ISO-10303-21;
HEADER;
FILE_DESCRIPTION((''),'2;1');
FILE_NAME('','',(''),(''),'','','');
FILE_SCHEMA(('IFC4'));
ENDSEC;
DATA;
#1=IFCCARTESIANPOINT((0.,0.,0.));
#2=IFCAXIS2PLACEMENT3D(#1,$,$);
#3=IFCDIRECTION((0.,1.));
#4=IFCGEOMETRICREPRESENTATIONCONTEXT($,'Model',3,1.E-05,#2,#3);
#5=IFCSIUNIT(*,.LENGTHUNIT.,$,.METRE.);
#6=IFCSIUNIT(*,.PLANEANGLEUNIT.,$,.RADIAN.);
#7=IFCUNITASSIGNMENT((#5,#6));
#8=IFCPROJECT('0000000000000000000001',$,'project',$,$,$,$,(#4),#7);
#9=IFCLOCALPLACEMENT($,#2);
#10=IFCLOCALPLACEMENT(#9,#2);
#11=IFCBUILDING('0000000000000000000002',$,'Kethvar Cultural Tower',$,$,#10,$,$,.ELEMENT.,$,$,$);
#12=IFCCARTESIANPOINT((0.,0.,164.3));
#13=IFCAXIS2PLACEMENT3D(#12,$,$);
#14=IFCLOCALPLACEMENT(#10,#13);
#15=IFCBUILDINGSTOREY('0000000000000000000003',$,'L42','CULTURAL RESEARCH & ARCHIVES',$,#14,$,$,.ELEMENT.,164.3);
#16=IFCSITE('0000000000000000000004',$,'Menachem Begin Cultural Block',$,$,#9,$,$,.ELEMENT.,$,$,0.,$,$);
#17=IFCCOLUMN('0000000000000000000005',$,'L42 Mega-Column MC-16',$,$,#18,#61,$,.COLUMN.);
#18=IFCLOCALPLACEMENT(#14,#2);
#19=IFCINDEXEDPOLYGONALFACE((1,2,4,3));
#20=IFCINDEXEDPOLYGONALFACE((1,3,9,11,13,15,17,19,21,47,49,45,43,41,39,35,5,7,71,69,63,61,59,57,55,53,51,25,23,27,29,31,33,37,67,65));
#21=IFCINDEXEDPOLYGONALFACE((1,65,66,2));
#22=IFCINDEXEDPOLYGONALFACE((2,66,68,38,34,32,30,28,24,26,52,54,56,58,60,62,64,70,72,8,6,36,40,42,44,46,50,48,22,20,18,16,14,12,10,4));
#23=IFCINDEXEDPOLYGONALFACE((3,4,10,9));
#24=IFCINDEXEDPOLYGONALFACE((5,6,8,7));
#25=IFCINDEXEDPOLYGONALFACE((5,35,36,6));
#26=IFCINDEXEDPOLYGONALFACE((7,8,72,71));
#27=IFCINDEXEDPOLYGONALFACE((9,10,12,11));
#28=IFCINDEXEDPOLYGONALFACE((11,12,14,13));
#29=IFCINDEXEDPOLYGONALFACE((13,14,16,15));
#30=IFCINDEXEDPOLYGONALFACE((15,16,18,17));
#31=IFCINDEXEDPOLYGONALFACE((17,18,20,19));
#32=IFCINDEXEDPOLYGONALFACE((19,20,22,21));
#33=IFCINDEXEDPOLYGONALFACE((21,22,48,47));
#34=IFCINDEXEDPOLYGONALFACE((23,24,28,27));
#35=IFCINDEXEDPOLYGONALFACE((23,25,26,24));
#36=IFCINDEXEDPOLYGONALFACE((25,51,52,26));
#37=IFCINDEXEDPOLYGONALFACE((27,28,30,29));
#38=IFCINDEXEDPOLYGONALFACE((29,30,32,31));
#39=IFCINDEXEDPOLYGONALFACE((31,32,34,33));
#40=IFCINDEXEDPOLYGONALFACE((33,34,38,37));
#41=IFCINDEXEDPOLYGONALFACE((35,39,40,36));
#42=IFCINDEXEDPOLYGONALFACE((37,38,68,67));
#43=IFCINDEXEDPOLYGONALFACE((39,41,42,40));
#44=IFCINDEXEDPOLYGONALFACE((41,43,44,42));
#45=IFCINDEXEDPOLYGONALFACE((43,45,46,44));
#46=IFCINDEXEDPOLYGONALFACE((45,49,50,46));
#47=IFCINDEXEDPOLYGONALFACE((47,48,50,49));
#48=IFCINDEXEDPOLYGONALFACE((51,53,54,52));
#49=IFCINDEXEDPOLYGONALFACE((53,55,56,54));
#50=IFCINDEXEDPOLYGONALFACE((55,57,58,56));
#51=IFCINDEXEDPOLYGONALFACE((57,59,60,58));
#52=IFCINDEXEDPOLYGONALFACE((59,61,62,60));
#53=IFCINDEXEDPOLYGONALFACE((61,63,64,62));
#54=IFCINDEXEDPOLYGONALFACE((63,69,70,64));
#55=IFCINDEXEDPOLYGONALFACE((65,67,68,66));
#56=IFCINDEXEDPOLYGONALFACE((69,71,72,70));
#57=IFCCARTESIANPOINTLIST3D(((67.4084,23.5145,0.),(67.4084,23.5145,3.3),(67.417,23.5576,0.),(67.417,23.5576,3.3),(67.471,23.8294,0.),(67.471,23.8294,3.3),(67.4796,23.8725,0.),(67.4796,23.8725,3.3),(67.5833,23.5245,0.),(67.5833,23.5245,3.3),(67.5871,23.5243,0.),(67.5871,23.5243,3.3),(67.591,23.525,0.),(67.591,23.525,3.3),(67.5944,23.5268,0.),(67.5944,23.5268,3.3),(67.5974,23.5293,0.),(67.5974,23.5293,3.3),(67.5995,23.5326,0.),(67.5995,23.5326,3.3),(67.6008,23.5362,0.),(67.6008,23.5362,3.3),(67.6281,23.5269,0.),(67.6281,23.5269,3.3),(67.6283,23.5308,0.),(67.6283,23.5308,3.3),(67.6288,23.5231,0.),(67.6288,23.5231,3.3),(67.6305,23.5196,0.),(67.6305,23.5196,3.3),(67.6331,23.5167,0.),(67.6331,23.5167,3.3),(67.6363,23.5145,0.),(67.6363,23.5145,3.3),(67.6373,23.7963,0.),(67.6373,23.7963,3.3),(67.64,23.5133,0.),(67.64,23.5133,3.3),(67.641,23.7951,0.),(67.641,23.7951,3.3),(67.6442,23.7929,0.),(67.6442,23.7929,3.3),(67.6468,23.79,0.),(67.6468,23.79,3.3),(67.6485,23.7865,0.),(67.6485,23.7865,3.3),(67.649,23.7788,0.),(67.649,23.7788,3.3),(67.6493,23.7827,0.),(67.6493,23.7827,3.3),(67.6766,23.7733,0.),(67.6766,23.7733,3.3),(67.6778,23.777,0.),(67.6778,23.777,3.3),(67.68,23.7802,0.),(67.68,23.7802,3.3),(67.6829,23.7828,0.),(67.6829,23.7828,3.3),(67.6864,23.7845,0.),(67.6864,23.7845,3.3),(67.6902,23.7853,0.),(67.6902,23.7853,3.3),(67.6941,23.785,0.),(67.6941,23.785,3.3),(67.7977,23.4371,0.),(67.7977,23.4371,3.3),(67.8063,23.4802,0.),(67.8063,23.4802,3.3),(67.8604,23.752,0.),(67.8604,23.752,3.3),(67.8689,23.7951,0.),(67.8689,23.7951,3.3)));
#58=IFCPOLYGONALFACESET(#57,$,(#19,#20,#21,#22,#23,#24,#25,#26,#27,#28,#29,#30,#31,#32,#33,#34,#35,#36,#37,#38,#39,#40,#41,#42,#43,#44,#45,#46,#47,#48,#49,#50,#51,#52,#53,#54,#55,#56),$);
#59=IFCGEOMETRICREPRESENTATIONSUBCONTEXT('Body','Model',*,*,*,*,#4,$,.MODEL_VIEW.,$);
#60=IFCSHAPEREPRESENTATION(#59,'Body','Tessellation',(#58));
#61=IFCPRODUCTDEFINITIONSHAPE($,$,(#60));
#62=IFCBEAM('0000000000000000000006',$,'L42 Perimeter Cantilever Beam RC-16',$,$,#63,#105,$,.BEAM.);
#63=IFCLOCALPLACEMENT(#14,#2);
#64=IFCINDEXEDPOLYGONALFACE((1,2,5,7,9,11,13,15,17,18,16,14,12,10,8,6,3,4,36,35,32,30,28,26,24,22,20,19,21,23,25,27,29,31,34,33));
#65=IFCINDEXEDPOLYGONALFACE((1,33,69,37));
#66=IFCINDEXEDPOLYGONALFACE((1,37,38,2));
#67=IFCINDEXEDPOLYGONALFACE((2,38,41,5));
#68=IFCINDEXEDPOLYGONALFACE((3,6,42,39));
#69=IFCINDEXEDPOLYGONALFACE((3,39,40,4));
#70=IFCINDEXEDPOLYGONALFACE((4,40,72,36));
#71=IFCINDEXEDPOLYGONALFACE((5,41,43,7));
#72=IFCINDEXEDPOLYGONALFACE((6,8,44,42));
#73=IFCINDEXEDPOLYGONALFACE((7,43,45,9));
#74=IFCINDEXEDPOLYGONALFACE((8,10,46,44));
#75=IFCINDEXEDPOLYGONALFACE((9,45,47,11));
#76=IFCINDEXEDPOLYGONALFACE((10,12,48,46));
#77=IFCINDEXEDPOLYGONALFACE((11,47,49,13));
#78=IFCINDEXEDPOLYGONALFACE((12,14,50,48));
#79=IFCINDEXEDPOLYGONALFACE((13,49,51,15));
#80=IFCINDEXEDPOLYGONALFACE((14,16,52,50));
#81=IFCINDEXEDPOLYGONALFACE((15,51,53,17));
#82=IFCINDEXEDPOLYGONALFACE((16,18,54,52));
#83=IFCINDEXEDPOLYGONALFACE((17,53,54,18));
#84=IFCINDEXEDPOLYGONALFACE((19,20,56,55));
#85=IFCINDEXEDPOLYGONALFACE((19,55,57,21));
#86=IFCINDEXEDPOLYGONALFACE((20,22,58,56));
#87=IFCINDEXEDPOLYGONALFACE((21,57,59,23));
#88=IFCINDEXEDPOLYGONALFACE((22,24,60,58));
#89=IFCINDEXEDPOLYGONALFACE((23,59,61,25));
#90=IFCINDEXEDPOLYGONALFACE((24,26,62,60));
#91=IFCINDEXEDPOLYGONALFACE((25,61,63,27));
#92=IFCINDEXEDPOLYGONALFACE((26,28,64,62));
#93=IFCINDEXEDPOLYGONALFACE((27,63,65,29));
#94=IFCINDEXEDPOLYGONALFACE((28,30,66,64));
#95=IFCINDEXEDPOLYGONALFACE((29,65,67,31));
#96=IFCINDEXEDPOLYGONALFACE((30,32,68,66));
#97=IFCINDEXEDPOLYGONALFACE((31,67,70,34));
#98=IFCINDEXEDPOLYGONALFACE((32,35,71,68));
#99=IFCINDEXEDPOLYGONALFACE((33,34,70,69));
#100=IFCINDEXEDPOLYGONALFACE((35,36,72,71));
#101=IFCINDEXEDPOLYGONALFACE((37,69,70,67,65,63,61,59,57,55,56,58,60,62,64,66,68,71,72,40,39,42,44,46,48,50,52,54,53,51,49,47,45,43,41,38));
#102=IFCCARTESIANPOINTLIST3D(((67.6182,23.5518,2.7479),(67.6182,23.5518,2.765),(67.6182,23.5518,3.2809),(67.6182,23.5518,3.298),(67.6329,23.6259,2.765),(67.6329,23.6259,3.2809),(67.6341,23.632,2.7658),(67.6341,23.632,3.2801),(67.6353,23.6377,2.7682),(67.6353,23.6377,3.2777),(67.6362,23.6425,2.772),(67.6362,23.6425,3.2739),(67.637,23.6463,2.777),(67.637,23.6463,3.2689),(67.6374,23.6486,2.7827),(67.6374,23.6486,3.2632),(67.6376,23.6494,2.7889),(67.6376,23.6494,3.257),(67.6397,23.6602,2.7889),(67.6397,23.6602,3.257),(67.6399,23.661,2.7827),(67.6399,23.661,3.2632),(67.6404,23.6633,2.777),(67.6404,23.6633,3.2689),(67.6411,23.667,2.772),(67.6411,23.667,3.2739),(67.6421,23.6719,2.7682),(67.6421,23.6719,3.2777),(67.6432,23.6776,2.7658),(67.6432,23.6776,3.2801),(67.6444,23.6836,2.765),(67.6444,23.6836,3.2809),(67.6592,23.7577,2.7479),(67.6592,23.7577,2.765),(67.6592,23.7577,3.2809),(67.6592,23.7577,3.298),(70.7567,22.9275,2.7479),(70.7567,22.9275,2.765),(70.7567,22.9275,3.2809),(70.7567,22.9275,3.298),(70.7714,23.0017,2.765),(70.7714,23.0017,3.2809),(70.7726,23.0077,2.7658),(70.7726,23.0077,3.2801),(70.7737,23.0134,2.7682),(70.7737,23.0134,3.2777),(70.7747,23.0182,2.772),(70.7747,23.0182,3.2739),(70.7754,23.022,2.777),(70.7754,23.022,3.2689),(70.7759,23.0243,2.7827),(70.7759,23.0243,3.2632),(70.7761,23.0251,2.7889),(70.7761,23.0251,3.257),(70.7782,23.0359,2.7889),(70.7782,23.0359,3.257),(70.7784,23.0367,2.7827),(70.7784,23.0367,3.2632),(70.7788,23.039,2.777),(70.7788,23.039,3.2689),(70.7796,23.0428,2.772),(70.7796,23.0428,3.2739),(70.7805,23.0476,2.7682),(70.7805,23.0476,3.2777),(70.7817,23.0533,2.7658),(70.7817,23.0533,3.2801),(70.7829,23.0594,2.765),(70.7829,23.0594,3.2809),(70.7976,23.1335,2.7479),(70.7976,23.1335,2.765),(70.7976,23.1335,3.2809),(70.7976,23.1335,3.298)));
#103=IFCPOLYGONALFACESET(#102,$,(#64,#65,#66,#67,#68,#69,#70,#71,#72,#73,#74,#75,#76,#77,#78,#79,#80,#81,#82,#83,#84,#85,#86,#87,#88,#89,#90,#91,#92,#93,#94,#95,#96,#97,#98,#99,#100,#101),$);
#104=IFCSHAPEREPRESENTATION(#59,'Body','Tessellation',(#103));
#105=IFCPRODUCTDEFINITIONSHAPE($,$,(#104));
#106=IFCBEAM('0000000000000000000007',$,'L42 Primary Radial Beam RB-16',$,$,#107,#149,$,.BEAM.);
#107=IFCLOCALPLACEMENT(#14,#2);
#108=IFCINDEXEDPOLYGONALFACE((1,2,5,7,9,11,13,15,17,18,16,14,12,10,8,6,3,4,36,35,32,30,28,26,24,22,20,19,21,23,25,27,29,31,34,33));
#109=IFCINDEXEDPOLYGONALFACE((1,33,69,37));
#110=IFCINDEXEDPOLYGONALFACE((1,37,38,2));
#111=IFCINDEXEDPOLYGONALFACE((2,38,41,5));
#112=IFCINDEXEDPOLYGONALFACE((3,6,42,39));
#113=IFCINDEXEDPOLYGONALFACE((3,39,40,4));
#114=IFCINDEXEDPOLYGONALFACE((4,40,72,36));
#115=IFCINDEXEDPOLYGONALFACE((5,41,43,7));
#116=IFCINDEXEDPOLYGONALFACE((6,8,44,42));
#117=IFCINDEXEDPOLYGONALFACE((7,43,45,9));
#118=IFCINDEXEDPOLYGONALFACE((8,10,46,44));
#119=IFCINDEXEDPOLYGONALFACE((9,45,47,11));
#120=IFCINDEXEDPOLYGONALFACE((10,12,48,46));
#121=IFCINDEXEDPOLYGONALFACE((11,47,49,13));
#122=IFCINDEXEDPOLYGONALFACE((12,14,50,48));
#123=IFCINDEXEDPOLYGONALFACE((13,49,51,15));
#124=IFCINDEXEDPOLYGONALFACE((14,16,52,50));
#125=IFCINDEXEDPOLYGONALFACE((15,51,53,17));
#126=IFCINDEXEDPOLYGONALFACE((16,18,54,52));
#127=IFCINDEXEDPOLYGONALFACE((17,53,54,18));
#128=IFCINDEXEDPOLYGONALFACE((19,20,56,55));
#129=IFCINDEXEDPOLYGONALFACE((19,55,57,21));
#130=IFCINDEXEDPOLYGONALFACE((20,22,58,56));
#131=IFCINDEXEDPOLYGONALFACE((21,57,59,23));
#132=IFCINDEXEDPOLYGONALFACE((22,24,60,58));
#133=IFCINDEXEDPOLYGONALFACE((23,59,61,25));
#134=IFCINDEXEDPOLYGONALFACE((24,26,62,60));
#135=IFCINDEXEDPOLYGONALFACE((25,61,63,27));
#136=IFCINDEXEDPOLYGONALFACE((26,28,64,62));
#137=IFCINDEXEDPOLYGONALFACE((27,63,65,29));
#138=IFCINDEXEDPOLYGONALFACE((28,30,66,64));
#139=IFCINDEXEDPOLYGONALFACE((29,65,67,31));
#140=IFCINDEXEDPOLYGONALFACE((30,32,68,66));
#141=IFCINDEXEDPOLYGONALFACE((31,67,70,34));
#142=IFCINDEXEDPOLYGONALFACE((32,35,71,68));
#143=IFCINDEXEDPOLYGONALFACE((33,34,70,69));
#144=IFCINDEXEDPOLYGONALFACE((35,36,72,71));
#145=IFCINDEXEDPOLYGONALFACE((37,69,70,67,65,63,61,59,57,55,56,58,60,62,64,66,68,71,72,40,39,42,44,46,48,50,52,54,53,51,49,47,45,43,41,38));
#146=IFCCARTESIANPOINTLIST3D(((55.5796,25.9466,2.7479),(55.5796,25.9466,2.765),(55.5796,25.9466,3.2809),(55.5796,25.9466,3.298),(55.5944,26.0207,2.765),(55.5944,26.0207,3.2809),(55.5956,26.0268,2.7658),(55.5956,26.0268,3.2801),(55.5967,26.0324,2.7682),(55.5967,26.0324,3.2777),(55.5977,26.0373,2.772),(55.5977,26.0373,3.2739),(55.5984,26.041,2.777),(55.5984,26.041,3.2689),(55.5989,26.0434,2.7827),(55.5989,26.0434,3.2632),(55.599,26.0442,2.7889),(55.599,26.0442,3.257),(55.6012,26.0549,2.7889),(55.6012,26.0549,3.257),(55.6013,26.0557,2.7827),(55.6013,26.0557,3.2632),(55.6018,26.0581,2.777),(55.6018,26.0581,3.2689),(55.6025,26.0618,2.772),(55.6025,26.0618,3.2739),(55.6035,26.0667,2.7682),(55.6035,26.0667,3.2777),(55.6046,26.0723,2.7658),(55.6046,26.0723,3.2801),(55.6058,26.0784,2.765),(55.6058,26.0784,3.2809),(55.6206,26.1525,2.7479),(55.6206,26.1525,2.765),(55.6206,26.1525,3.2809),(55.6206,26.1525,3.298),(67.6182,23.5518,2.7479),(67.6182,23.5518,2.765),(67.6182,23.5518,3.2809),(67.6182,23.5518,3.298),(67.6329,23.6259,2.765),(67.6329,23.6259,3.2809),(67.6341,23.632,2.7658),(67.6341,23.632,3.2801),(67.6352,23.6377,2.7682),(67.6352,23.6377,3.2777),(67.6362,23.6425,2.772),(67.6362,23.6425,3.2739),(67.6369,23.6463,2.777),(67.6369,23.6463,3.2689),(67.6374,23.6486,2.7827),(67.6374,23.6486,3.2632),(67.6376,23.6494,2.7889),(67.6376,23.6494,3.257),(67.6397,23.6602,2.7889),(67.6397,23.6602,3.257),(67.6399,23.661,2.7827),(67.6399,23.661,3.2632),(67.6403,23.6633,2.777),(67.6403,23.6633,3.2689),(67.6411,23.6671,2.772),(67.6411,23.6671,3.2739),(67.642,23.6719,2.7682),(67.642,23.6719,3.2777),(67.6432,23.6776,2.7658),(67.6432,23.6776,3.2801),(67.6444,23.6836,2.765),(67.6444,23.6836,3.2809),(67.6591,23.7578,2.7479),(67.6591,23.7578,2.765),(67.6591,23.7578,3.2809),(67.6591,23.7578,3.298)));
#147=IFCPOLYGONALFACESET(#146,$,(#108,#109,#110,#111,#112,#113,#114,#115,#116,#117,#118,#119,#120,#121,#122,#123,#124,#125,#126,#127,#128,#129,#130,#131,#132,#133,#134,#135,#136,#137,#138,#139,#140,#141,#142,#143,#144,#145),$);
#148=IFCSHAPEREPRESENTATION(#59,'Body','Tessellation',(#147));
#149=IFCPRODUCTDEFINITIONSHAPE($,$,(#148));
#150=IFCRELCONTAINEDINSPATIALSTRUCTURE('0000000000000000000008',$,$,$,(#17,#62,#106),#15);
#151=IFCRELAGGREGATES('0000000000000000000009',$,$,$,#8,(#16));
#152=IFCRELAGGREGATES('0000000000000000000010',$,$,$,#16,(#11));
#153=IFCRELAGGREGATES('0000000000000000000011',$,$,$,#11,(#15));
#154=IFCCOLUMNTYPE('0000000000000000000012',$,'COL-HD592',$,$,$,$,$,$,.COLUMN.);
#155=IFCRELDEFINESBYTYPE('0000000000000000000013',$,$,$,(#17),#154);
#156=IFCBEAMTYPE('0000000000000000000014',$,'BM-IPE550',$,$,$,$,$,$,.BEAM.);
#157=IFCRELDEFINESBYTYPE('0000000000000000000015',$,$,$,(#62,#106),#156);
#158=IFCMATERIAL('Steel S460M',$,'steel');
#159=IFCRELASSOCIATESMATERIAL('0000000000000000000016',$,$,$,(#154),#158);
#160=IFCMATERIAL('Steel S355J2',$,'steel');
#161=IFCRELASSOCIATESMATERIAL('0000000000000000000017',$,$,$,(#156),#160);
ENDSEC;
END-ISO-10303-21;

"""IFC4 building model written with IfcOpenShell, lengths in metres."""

from ifc_helpers import new_model, si_unit, direction, frame, origin, origin_2d, place, context, subcontext, project, spatial, i_section, extrude, source, transform, mapped, material, material_profile, profile_set, type_object, element, save


model = new_model("IFC4")

# Units and contexts
model_context = context("Model", 3, precision=1e-05, world=origin(), true_north=direction((0.0, 1.0)))
body_context = subcontext(model_context, "Body", "Model", "MODEL_VIEW")
ifc_project = project(units=[si_unit("LENGTHUNIT", "METRE"), si_unit("PLANEANGLEUNIT", "RADIAN")], contexts=[model_context])

# Site, building, storey
site_placement = place(None, origin())
site = spatial("IfcSite", under=ifc_project, at=site_placement, Name="Menachem Begin Cultural Block", CompositionType="ELEMENT", RefElevation=0.0)
building_placement = place(site_placement, origin())
building = spatial("IfcBuilding", under=site, at=building_placement, Name="Kethvar Cultural Tower", CompositionType="ELEMENT")
storey_placement = place(building_placement, frame((0.0, 0.0, 164.3)))
storey = spatial("IfcBuildingStorey", under=building, at=storey_placement, Name="L42", Description="CULTURAL RESEARCH & ARCHIVES", CompositionType="ELEMENT", Elevation=164.3)

# Column
ifc_material_1 = material(Name="Steel S460M", Category="steel")
ifc_material_profile_1 = material_profile(ifc_material_1, i_section(OverallWidth=0.397, OverallDepth=0.365, WebThickness=0.0281, FlangeThickness=0.0439, FilletRadius=0.0149, at=origin_2d()), Name="Steel S460M — HD400x592")
ifc_profile_set_1 = profile_set([ifc_material_profile_1], Name="Steel S460M — HD400x592")
column_type = type_object("IfcColumnType", Name="COL-HD592", PredefinedType="COLUMN", material=ifc_profile_set_1)
shared_shape_1 = source(origin(), body_context, "Body", "SweptSolid", [
    extrude(i_section(OverallWidth=0.397, OverallDepth=0.365, WebThickness=0.0281, FlangeThickness=0.0439, FilletRadius=0.0149, at=origin_2d()), origin(), (0.0, 0.0, 1.0), 3.3),
])
column_placement = place(storey_placement, frame((67.6387, 23.6548, 0.0), z_axis=(0.0, 0.0, 1.0), x_axis=(0.980785, -0.19509, 0.0)))
element("IfcColumn", 1, at=column_placement, inside=storey, type_object=column_type, Name="L42 Mega-Column MC-16", PredefinedType="COLUMN", context=body_context, shape_type="MappedRepresentation", body=[
    mapped(shared_shape_1, transform((0.0, 0.0, 0.0), scale=1.0)),
])

# Beams
ifc_material_2 = material(Name="Steel S355J2", Category="steel")
ifc_material_profile_2 = material_profile(ifc_material_2, i_section(OverallWidth=0.21, OverallDepth=0.55, WebThickness=0.011, FlangeThickness=0.0171, FilletRadius=0.0239, at=origin_2d()), Name="Steel S355J2 — IPE550")
ifc_profile_set_2 = profile_set([ifc_material_profile_2], Name="Steel S355J2 — IPE550")
beam_type_1 = type_object("IfcBeamType", Name="BM-IPE550", PredefinedType="BEAM", material=ifc_profile_set_2)
shared_shape_2 = source(origin(), body_context, "Body", "SweptSolid", [
    extrude(i_section(OverallWidth=0.21, OverallDepth=0.55, WebThickness=0.011, FlangeThickness=0.0171, FilletRadius=0.0239, at=origin_2d()), origin(), (0.0, 0.0, 1.0), 3.2),
])
beam_1_placement = place(storey_placement, frame((67.6387, 23.6548, 3.0229), z_axis=(0.980786, -0.195089, 0.0), x_axis=(0.195089, 0.980786, 0.0)))
element("IfcBeam", 2, at=beam_1_placement, inside=storey, type_object=beam_type_1, Name="L42 Perimeter Cantilever Beam RC-16", PredefinedType="BEAM", context=body_context, shape_type="MappedRepresentation", body=[
    mapped(shared_shape_2, transform((0.0, 0.0, 0.0), scale=1.0)),
])
shared_shape_3 = source(origin(), body_context, "Body", "SweptSolid", [
    extrude(i_section(OverallWidth=0.21, OverallDepth=0.55, WebThickness=0.011, FlangeThickness=0.0171, FilletRadius=0.0239, at=origin_2d()), origin(), (0.0, 0.0, 1.0), 12.2744),
])
beam_2_placement = place(storey_placement, frame((55.6001, 26.0496, 3.0229), z_axis=(0.980783, -0.195102, 0.0), x_axis=(0.195102, 0.980783, 0.0)))
element("IfcBeam", 3, at=beam_2_placement, inside=storey, type_object=beam_type_1, Name="L42 Primary Radial Beam RB-16", PredefinedType="BEAM", context=body_context, shape_type="MappedRepresentation", body=[
    mapped(shared_shape_3, transform((0.0, 0.0, 0.0), scale=1.0)),
])

save(model, "model.ifc")
